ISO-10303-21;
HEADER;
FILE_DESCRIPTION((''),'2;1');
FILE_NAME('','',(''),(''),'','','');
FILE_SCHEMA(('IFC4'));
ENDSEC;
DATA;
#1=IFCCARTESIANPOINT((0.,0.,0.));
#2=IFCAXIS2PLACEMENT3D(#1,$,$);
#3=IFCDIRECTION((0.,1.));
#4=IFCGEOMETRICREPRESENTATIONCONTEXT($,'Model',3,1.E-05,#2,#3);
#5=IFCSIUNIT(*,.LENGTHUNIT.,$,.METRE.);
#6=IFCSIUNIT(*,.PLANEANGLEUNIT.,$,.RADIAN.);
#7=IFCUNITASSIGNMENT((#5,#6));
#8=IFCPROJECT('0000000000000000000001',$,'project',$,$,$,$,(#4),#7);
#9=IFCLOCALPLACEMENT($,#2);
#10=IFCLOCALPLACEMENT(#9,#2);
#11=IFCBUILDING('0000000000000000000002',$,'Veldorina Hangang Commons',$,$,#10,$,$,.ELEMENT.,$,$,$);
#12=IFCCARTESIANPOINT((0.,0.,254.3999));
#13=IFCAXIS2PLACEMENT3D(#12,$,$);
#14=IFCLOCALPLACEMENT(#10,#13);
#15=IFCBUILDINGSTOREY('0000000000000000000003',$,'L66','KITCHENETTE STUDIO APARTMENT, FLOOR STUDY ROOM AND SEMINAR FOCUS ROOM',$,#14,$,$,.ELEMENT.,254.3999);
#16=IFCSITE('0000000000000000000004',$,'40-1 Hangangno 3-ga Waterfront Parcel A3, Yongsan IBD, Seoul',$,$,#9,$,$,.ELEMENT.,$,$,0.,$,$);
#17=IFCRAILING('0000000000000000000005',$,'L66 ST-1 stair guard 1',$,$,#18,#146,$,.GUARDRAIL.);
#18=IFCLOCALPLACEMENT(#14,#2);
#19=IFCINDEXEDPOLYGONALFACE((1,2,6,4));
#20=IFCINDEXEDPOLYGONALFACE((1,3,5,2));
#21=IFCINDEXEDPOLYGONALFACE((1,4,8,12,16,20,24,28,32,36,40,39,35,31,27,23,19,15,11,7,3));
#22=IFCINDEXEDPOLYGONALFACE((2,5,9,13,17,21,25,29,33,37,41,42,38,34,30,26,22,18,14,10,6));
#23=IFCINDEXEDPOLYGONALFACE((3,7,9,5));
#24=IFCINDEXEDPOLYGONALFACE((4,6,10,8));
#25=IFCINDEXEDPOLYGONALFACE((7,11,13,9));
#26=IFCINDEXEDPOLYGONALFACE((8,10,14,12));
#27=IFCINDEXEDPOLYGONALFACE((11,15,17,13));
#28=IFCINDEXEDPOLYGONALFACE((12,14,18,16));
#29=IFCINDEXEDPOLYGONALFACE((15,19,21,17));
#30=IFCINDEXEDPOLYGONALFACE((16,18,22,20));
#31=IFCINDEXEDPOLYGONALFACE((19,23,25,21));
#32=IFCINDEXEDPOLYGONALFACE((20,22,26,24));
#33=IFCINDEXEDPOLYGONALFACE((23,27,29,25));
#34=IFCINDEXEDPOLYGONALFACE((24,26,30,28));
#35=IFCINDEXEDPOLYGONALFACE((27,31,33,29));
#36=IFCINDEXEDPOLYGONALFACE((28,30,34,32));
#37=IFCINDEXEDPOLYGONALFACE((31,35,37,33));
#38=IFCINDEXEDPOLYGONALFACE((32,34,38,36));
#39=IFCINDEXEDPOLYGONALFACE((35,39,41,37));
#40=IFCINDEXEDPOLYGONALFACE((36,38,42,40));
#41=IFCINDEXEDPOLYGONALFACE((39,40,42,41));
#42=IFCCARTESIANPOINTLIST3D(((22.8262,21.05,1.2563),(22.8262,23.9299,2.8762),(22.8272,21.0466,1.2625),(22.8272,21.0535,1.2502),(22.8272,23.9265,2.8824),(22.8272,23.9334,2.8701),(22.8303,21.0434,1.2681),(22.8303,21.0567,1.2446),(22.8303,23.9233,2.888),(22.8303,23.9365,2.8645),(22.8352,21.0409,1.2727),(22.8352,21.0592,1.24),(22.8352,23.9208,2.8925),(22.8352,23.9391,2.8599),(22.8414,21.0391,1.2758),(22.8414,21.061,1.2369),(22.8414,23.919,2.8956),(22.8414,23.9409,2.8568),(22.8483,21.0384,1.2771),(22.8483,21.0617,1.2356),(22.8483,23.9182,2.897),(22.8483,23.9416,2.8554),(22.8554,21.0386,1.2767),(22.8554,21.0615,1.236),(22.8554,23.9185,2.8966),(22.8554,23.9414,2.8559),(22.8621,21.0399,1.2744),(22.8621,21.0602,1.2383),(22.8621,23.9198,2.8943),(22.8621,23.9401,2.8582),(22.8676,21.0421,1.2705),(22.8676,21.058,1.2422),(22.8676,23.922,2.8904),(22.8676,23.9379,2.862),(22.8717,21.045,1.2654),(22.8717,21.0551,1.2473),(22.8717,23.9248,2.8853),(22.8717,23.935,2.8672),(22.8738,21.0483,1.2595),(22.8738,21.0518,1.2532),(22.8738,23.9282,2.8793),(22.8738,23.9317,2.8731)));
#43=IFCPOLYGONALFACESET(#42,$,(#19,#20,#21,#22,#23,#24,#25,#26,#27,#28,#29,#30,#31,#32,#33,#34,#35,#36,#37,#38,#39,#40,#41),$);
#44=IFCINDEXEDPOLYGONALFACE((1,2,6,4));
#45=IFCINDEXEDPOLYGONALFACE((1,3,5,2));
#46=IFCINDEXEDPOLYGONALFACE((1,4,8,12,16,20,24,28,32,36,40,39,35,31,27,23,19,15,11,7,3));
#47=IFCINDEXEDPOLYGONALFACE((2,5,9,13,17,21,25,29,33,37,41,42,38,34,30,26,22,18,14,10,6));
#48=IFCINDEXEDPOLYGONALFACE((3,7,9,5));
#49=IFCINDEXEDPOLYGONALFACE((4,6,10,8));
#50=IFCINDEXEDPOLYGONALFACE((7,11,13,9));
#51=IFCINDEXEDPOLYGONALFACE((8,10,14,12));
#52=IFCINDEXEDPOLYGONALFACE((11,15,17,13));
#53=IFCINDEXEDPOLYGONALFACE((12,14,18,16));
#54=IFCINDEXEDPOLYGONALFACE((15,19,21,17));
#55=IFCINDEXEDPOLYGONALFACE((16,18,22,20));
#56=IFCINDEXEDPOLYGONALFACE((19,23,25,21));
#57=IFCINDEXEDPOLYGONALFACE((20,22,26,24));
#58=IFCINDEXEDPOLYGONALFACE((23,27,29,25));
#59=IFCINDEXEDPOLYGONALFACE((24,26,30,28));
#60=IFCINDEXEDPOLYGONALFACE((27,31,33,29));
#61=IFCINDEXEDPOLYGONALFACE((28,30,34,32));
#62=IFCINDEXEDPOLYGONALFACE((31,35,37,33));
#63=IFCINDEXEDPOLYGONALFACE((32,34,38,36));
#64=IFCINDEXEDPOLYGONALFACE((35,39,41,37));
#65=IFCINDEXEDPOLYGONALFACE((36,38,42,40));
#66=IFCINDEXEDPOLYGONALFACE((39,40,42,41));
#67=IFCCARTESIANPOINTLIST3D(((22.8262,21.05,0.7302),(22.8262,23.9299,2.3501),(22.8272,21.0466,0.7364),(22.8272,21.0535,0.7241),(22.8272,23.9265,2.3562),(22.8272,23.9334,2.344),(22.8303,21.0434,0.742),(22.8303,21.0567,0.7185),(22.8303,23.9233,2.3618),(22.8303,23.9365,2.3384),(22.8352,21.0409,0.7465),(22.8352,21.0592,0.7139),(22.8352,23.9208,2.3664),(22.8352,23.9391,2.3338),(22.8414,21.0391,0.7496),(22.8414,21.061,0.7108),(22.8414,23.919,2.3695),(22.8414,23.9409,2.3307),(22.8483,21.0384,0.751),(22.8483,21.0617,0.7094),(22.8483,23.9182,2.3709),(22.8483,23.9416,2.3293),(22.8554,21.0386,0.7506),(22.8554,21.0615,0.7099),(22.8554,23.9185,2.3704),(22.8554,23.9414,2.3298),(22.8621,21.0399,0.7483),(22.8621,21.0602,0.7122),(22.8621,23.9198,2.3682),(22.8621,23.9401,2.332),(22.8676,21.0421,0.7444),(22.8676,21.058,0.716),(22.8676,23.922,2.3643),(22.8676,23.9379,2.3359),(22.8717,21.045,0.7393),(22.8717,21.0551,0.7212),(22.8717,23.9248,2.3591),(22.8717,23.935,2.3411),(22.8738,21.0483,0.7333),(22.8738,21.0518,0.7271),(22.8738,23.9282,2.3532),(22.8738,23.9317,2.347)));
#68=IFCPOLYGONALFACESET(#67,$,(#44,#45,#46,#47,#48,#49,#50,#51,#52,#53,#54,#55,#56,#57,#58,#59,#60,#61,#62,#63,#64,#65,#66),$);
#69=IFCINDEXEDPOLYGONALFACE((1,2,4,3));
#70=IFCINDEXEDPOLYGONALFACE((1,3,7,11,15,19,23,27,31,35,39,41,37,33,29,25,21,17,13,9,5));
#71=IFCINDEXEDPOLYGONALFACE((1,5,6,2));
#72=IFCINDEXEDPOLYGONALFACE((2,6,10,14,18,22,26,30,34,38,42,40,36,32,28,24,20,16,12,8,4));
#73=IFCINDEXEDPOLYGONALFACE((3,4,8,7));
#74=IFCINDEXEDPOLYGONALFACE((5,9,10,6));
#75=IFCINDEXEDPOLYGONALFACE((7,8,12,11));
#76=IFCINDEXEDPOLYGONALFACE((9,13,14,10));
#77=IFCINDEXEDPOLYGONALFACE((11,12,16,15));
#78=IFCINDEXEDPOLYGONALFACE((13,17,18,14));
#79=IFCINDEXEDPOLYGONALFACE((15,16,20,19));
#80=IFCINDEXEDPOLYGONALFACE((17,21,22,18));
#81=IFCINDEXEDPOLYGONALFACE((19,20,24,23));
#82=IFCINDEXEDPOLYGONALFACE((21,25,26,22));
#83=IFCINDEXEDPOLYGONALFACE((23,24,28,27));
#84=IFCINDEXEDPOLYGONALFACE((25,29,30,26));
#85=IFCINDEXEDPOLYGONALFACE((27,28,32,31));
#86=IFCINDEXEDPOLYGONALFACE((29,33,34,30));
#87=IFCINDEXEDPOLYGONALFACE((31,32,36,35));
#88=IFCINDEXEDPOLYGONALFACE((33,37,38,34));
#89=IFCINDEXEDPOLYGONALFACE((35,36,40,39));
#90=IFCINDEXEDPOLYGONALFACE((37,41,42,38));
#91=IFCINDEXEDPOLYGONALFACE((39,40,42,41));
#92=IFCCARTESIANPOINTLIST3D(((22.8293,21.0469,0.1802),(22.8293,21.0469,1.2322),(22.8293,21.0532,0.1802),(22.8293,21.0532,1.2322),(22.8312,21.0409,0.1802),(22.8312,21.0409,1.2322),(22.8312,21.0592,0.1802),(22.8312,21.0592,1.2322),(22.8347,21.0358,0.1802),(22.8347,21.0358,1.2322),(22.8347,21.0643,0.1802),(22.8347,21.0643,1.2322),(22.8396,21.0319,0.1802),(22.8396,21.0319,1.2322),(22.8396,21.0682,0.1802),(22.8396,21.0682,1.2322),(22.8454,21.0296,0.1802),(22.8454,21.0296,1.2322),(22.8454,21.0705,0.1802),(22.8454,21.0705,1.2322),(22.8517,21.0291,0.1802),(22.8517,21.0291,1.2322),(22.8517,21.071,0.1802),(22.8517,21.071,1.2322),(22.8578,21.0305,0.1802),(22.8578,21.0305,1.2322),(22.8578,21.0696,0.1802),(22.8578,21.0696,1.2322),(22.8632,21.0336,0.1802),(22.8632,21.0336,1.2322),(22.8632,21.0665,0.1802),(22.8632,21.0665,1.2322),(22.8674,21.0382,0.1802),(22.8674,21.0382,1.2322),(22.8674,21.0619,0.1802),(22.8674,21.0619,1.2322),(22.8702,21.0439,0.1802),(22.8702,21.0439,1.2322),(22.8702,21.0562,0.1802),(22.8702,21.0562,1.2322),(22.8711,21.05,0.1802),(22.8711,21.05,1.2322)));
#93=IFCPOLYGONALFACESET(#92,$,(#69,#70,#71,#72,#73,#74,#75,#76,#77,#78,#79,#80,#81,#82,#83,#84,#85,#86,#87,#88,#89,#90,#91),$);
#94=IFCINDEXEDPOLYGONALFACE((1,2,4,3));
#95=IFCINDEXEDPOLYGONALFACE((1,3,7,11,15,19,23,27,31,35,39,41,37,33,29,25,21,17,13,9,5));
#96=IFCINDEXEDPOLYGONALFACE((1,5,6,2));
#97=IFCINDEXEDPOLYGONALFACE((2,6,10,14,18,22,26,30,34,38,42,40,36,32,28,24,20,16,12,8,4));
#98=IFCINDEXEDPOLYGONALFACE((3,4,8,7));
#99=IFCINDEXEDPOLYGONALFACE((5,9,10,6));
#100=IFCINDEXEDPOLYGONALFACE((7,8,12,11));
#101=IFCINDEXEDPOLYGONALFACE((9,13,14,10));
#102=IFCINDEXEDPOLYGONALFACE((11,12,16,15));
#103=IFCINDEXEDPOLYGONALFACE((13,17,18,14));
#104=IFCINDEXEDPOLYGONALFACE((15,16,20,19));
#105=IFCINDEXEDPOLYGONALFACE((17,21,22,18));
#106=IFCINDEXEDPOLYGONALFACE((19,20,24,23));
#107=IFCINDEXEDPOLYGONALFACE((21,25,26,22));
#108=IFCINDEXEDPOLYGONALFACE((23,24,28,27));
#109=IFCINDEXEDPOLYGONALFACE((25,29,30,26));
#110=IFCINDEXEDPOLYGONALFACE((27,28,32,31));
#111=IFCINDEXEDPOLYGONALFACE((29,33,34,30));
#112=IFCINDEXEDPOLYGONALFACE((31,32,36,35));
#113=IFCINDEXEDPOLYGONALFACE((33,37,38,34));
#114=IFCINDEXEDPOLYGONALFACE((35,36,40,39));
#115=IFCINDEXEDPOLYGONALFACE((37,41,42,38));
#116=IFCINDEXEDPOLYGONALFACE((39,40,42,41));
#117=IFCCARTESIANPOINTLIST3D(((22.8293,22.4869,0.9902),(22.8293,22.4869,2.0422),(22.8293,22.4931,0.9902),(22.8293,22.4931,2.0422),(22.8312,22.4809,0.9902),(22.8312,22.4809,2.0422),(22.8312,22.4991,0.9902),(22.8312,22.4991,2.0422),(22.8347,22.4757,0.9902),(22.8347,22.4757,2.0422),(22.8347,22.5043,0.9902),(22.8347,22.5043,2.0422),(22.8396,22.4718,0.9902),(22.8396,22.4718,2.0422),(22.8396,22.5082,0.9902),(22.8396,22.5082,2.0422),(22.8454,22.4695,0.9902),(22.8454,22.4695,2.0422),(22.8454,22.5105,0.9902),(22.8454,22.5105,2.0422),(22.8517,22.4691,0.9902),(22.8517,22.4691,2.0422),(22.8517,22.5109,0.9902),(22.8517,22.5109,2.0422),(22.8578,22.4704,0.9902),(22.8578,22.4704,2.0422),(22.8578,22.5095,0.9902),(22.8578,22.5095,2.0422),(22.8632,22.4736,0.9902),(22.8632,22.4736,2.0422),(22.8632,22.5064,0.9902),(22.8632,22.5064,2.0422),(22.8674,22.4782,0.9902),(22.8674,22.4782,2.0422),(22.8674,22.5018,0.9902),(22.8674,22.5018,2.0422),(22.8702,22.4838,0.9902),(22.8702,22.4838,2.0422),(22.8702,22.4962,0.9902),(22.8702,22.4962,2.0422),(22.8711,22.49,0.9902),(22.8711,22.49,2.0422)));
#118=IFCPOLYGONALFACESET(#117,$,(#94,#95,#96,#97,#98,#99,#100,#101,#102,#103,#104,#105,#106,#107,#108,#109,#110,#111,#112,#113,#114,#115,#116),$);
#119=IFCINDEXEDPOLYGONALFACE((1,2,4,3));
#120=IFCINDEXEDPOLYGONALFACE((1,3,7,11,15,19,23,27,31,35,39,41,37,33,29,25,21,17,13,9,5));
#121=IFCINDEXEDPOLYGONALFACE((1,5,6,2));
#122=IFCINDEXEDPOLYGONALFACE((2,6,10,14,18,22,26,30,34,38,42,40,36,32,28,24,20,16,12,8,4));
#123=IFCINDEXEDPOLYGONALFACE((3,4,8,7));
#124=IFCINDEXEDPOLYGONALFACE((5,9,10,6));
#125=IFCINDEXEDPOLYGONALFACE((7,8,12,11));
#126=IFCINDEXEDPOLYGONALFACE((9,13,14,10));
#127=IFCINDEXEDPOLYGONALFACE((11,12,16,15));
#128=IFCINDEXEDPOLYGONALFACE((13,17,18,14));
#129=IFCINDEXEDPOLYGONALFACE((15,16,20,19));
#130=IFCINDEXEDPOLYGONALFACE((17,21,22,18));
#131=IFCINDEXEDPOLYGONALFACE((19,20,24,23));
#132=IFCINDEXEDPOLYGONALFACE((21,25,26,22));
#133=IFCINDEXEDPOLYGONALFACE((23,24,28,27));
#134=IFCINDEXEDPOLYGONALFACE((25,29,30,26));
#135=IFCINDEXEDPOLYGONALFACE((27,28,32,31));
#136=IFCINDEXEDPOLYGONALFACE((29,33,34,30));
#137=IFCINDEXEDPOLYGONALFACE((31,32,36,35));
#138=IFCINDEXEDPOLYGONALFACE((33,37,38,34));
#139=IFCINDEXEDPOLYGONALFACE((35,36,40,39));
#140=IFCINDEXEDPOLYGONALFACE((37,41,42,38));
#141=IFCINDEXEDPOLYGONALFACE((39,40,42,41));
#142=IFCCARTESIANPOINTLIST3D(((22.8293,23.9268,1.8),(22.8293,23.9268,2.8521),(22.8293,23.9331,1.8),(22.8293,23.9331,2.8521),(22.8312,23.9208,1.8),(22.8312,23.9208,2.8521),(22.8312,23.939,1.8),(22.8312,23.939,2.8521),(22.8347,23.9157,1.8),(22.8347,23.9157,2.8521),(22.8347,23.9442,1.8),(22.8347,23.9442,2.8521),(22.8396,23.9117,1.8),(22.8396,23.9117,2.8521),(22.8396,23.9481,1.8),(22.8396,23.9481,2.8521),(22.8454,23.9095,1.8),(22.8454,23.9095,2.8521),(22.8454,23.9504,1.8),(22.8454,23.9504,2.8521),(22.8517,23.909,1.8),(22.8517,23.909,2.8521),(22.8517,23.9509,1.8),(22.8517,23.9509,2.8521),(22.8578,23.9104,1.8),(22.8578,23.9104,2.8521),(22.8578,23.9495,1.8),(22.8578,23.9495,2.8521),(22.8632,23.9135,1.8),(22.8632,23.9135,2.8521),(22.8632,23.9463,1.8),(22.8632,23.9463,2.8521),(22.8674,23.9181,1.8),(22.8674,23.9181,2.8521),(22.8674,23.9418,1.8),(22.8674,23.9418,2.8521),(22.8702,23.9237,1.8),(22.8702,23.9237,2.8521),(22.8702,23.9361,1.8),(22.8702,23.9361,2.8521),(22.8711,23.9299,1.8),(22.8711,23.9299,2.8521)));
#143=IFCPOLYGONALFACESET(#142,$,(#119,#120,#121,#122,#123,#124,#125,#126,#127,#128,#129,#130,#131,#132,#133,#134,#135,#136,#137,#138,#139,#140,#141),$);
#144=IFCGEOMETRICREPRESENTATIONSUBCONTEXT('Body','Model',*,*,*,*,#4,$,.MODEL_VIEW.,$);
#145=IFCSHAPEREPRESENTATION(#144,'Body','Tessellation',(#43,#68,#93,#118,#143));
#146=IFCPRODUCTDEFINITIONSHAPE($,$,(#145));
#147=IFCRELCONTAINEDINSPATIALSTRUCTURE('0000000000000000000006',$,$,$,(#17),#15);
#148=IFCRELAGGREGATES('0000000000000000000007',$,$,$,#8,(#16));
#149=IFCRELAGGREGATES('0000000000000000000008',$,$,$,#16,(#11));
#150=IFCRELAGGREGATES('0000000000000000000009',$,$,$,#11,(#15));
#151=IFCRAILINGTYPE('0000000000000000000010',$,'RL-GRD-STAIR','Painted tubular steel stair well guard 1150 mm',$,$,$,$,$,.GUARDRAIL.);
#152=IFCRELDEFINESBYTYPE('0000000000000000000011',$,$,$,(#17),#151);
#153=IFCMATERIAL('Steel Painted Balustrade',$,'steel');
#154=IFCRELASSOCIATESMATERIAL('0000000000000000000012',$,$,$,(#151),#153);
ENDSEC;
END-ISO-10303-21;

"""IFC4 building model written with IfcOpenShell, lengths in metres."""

from ifc_helpers import new_model, si_unit, direction, frame, origin, origin_2d, place, context, subcontext, project, spatial, circle, extrude, material, type_object, element, save


model = new_model("IFC4")

# Units and contexts
model_context = context("Model", 3, precision=1e-05, world=origin(), true_north=direction((0.0, 1.0)))
body_context = subcontext(model_context, "Body", "Model", "MODEL_VIEW")
ifc_project = project(units=[si_unit("LENGTHUNIT", "METRE"), si_unit("PLANEANGLEUNIT", "RADIAN")], contexts=[model_context])

# Site, building, storey
site_placement = place(None, origin())
site = spatial("IfcSite", under=ifc_project, at=site_placement, Name="40-1 Hangangno 3-ga Waterfront Parcel A3, Yongsan IBD, Seoul", CompositionType="ELEMENT", RefElevation=0.0)
building_placement = place(site_placement, origin())
building = spatial("IfcBuilding", under=site, at=building_placement, Name="Veldorina Hangang Commons", CompositionType="ELEMENT")
storey_placement = place(building_placement, frame((0.0, 0.0, 254.3999)))
storey = spatial("IfcBuildingStorey", under=building, at=storey_placement, Name="L66", Description="KITCHENETTE STUDIO APARTMENT, FLOOR STUDY ROOM AND SEMINAR FOCUS ROOM", CompositionType="ELEMENT", Elevation=254.3999)

# Railing
ifc_material_1 = material(Name="Steel Painted Balustrade", Category="steel")
railing_type_1 = type_object("IfcRailingType", Name="RL-GRD-STAIR", Description="Painted tubular steel stair well guard 1150 mm", PredefinedType="GUARDRAIL", material=ifc_material_1)
railing_1_placement = place(storey_placement, frame((22.8501, 21.05, 0.1802)))
element("IfcRailing", 1, at=railing_1_placement, inside=storey, type_object=railing_type_1, Name="L66 ST-1 stair guard 1", PredefinedType="GUARDRAIL", context=body_context, shape_type="SweptSolid", body=[
    extrude(circle(Radius=0.0239, at=origin_2d()), frame((0.0, 0.0, 1.0762), z_axis=(0.0, 0.871583, 0.490247), x_axis=(-1.0, 0.0, 0.0)), (0.0, 0.0, 1.0), 3.3042),
    extrude(circle(Radius=0.0239, at=origin_2d()), frame((0.0, 0.0, 0.55), z_axis=(0.0, 0.871583, 0.490247), x_axis=(-1.0, 0.0, 0.0)), (0.0, 0.0, 1.0), 3.3042),
    extrude(circle(Radius=0.021, at=origin_2d()), origin(), (0.0, 0.0, 1.0), 1.052),
    extrude(circle(Radius=0.021, at=origin_2d()), frame((0.0, 1.4399, 0.8101)), (0.0, 0.0, 1.0), 1.052),
    extrude(circle(Radius=0.021, at=origin_2d()), frame((0.0, 2.8799, 1.6199)), (0.0, 0.0, 1.0), 1.052),
])

save(model, "model.ifc")
